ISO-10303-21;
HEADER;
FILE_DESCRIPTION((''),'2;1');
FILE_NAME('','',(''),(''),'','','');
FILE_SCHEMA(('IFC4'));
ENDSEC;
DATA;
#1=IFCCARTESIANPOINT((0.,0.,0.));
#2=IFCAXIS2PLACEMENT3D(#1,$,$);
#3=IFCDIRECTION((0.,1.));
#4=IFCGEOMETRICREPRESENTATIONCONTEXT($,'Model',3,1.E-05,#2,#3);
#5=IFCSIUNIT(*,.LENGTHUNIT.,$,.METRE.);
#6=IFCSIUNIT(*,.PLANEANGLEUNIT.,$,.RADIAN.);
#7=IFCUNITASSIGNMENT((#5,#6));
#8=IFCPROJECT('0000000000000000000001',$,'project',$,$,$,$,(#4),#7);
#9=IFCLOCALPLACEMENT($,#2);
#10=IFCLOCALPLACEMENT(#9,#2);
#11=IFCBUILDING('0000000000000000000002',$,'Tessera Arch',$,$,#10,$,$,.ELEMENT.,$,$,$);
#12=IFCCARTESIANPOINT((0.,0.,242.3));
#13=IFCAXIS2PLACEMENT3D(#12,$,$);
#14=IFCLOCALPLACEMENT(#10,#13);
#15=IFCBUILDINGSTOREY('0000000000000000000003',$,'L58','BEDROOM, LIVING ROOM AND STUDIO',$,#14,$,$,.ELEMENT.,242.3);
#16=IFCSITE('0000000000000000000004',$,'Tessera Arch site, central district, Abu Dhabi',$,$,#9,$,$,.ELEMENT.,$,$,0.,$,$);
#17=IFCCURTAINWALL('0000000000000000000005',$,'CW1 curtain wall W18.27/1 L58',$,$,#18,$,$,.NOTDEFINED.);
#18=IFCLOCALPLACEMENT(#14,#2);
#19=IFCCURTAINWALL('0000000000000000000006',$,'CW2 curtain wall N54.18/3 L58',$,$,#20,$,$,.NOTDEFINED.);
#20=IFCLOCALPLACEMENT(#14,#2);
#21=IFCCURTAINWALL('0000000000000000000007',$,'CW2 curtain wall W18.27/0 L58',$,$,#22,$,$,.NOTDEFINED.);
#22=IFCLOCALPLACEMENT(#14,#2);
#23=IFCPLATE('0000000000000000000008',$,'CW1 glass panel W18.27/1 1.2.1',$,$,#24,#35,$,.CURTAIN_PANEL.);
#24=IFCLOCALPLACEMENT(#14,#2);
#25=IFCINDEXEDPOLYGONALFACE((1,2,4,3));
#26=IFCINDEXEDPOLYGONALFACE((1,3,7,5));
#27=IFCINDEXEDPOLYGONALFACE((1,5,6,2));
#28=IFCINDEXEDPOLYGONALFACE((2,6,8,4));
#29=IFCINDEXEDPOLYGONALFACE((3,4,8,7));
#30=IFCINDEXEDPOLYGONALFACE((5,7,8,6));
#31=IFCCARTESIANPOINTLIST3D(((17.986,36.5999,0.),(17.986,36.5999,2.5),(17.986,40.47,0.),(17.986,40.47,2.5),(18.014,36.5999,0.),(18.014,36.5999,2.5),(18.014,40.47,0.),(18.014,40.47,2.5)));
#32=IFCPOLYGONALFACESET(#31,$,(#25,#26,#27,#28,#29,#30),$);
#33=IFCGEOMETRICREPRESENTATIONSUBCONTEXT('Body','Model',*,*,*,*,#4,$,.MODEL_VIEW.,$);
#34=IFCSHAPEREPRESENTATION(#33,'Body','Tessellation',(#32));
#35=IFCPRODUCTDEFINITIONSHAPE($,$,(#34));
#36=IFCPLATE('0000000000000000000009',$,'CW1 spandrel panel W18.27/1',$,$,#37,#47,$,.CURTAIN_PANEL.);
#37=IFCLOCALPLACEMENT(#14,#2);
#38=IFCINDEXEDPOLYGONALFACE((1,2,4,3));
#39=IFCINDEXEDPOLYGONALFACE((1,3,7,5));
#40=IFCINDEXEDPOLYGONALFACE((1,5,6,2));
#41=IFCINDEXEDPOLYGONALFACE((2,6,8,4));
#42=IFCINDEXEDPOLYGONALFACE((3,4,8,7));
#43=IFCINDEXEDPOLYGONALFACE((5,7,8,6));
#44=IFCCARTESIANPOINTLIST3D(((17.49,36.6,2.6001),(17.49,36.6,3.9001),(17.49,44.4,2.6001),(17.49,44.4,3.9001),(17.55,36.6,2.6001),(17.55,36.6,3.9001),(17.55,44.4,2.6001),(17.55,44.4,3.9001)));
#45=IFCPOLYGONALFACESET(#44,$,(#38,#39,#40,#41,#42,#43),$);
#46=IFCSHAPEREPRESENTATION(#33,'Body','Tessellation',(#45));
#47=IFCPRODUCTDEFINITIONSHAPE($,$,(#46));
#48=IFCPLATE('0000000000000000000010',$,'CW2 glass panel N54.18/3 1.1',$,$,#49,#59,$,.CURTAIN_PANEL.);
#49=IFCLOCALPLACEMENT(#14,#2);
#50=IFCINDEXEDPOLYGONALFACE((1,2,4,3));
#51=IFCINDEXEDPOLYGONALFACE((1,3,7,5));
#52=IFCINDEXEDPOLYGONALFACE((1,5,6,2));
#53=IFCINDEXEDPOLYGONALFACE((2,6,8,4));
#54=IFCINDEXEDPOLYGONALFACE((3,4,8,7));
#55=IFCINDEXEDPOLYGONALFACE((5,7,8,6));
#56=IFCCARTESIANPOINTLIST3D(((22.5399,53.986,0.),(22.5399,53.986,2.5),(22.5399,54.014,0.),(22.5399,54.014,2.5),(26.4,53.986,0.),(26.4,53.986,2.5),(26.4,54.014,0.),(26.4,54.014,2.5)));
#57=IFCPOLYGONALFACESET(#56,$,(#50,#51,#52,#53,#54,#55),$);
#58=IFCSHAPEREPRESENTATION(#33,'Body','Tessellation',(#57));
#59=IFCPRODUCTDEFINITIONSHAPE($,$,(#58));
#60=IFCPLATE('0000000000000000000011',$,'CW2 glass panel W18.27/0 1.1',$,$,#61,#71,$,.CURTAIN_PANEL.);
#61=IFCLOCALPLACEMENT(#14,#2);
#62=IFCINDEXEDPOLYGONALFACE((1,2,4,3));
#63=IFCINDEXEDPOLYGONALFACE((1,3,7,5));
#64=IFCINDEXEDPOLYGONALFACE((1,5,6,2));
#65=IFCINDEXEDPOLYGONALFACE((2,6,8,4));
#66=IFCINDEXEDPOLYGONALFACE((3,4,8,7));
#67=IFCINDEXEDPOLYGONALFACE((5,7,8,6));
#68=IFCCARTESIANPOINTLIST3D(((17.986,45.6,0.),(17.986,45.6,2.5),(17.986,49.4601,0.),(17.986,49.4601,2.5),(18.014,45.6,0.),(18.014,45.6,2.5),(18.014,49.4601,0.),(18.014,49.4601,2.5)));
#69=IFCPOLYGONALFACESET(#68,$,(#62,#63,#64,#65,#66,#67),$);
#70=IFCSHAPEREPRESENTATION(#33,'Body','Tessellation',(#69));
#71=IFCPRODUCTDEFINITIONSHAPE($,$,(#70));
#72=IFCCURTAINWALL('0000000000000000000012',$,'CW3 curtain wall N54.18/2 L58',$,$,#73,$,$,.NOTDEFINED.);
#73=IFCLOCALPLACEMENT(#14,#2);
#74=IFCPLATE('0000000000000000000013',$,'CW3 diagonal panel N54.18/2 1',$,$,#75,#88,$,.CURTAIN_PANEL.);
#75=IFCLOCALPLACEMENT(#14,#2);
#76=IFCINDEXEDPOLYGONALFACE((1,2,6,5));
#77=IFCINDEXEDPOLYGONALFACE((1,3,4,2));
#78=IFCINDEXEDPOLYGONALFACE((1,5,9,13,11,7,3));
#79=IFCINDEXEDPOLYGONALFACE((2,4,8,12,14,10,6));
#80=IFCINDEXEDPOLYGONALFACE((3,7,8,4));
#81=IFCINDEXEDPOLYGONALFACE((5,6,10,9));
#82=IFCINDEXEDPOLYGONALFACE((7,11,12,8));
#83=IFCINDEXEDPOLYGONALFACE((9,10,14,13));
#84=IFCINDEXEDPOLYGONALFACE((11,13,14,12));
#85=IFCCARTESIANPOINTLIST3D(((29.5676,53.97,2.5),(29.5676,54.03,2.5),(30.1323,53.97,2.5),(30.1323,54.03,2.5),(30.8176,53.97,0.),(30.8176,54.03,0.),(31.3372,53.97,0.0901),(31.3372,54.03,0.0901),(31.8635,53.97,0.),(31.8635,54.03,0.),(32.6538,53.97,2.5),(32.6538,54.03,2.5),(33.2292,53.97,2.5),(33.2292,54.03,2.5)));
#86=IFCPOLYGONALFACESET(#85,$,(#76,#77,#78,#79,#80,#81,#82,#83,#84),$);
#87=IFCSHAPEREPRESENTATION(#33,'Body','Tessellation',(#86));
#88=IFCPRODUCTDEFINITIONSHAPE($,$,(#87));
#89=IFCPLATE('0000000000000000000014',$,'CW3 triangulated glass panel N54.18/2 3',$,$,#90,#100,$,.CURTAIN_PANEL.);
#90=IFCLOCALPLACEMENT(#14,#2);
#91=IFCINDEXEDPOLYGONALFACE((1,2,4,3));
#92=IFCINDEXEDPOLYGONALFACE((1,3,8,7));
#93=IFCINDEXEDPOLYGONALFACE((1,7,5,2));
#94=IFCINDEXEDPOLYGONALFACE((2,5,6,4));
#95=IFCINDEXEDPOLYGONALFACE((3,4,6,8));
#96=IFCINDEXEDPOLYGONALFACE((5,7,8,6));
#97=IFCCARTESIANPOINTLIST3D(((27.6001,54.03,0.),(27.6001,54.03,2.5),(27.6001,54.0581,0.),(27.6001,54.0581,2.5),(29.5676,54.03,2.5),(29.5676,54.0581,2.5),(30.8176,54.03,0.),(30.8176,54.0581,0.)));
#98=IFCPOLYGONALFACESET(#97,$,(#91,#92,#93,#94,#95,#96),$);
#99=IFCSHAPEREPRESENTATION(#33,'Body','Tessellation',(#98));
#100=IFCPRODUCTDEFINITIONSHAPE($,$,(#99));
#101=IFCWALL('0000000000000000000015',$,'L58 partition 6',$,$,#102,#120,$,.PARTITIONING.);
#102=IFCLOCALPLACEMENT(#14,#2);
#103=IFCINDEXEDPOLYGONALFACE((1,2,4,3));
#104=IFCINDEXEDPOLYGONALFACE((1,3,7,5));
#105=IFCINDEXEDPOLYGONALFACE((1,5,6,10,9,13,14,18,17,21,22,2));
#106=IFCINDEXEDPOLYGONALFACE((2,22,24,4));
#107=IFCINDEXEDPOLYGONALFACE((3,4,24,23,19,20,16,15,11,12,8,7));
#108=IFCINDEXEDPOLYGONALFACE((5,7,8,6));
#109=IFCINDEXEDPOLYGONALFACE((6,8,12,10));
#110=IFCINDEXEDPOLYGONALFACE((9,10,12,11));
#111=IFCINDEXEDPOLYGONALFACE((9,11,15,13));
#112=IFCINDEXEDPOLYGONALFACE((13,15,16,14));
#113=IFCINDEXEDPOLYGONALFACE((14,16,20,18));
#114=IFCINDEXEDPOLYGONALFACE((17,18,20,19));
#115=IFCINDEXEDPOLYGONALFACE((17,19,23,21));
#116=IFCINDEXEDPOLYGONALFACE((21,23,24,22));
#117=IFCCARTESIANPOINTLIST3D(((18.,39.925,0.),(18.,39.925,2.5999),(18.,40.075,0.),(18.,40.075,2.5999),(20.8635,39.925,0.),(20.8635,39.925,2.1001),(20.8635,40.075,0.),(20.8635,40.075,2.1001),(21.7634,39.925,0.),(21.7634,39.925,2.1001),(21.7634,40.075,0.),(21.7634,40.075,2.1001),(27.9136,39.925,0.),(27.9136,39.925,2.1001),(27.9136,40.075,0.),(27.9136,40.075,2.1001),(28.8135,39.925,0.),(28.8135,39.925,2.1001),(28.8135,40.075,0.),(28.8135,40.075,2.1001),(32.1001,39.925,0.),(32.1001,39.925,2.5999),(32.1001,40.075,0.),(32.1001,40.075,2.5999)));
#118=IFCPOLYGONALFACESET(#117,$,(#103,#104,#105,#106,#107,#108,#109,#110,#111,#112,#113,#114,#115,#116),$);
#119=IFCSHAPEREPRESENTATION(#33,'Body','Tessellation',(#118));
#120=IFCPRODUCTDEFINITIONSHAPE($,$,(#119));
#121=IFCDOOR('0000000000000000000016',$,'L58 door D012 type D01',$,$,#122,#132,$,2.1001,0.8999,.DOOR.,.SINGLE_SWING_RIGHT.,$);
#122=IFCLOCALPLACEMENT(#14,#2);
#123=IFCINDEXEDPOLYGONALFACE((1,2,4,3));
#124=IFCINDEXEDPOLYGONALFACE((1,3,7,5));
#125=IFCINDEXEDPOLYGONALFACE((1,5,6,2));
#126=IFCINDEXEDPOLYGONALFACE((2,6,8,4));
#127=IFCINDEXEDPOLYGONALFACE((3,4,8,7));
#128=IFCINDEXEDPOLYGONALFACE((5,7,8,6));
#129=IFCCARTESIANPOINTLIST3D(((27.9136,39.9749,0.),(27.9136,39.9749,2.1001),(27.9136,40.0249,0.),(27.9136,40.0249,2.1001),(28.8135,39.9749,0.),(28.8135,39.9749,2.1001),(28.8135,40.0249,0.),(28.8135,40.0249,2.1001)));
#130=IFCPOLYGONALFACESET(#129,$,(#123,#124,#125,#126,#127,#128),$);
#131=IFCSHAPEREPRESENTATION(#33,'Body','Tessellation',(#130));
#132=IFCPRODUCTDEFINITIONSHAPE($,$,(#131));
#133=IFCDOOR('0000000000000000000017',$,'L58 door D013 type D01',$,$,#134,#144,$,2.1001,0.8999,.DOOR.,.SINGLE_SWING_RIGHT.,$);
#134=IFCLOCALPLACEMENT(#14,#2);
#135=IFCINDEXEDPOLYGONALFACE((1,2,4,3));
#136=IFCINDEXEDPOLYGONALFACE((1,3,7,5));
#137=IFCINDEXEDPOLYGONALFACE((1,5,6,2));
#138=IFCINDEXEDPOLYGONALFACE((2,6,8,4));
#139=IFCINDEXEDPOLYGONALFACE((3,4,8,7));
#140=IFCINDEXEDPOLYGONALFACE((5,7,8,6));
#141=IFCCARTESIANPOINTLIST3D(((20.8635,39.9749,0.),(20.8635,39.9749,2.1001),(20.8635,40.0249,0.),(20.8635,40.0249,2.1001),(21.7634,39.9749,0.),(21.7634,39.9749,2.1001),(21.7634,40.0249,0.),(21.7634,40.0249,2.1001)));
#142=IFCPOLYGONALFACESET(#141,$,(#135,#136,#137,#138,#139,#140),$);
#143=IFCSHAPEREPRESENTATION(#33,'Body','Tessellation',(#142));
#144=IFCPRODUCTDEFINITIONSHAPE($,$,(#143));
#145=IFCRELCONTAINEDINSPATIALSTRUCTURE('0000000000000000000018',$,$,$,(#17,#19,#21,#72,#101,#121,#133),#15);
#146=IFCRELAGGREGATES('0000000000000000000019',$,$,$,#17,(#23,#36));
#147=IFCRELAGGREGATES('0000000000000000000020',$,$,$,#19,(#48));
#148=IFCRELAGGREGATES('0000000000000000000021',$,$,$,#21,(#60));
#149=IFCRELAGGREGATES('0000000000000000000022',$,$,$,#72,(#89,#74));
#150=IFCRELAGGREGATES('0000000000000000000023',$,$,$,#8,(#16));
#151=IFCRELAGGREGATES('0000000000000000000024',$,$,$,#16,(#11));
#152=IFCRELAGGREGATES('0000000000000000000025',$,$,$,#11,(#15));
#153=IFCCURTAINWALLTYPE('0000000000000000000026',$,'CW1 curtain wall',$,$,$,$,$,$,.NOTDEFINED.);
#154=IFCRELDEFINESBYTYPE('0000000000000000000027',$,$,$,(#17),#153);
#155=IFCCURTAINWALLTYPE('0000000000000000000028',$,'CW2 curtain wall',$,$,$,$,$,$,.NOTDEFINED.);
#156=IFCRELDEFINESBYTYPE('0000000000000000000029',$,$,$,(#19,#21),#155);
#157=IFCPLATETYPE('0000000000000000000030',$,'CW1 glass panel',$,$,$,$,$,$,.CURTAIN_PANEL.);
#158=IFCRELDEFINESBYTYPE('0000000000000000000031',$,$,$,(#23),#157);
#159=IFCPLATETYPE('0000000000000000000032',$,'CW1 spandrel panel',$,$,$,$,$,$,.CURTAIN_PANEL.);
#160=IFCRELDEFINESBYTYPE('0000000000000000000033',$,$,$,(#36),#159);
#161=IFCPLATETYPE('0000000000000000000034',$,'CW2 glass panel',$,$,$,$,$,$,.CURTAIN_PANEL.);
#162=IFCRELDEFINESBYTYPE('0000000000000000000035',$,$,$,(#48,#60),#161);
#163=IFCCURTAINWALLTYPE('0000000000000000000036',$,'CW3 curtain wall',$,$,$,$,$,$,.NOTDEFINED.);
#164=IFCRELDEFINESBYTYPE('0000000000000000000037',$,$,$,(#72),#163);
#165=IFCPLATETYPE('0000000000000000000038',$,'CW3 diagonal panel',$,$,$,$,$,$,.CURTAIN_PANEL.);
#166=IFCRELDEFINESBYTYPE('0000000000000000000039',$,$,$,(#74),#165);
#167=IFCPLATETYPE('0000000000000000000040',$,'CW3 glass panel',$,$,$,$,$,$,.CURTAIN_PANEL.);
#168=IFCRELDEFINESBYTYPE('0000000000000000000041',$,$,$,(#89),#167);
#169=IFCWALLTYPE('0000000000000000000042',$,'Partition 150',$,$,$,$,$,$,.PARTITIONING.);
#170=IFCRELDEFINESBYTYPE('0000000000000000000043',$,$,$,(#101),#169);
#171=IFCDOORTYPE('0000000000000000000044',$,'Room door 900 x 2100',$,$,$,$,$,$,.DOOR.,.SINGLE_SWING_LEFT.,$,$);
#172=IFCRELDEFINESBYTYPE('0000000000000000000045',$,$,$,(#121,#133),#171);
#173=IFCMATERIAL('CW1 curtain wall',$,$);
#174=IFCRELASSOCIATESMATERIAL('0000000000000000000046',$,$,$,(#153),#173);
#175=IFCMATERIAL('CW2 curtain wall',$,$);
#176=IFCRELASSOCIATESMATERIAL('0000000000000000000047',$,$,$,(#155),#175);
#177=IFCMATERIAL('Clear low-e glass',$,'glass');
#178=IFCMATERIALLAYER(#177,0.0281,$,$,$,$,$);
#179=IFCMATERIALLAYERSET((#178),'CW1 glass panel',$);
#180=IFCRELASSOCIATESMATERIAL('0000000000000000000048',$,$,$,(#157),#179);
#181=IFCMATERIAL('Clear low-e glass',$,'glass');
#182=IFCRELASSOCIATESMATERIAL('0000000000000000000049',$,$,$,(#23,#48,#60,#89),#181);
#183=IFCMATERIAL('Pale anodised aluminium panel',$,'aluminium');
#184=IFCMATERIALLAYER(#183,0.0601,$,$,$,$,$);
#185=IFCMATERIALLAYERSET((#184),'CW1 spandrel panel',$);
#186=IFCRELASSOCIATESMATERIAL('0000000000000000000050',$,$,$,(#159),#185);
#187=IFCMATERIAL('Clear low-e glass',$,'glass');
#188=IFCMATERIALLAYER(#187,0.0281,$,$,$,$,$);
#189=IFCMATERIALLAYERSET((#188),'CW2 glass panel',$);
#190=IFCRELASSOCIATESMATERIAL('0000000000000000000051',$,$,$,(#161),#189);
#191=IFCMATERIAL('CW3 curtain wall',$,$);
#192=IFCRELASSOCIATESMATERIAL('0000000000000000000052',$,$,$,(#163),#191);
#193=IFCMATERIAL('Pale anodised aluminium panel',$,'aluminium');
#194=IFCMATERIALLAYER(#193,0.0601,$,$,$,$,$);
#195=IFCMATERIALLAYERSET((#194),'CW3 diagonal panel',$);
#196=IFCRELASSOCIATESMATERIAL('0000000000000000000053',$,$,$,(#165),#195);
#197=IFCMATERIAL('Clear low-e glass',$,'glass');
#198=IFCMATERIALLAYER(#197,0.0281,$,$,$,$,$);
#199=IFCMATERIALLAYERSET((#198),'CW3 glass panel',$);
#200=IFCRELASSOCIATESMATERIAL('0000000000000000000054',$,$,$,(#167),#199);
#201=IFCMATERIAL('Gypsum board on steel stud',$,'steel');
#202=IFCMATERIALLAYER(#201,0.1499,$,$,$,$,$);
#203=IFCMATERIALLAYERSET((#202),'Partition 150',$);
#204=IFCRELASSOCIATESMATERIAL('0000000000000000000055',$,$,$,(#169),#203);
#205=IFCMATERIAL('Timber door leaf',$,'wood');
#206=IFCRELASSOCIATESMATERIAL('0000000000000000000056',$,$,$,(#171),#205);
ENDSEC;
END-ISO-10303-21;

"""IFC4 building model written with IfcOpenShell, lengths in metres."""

from ifc_helpers import new_model, si_unit, direction, frame, frame_2d, origin, origin_2d, place, context, subcontext, project, spatial, polyline, rectangle, outline, extrude, material, layer, layer_set, type_object, element, fill, aggregate, save


model = new_model("IFC4")

# Units and contexts
model_context = context("Model", 3, precision=1e-05, world=origin(), true_north=direction((0.0, 1.0)))
body_context = subcontext(model_context, "Body", "Model", "MODEL_VIEW")
ifc_project = project(units=[si_unit("LENGTHUNIT", "METRE"), si_unit("PLANEANGLEUNIT", "RADIAN")], contexts=[model_context])

# Site, building, storey
site_placement = place(None, origin())
site = spatial("IfcSite", under=ifc_project, at=site_placement, Name="Tessera Arch site, central district, Abu Dhabi", CompositionType="ELEMENT", RefElevation=0.0)
building_placement = place(site_placement, origin())
building = spatial("IfcBuilding", under=site, at=building_placement, Name="Tessera Arch", CompositionType="ELEMENT")
storey_placement = place(building_placement, frame((0.0, 0.0, 242.3)))
storey = spatial("IfcBuildingStorey", under=building, at=storey_placement, Name="L58", Description="BEDROOM, LIVING ROOM AND STUDIO", CompositionType="ELEMENT", Elevation=242.3)

# Curtain wall
ifc_material_1 = material(Name="CW1 curtain wall")
curtain_wall_type_1 = type_object("IfcCurtainWallType", Name="CW1 curtain wall", PredefinedType="NOTDEFINED", material=ifc_material_1)
curtain_wall_1_placement = place(storey_placement, origin())
curtain_wall_1 = element("IfcCurtainWall", 1, at=curtain_wall_1_placement, inside=storey, type_object=curtain_wall_type_1, Name="CW1 curtain wall W18.27/1 L58", PredefinedType="NOTDEFINED")

# Curtain walls
ifc_material_2 = material(Name="CW2 curtain wall")
curtain_wall_type_2 = type_object("IfcCurtainWallType", Name="CW2 curtain wall", PredefinedType="NOTDEFINED", material=ifc_material_2)
curtain_wall_2_placement = place(storey_placement, origin())
curtain_wall_2 = element("IfcCurtainWall", 2, at=curtain_wall_2_placement, inside=storey, type_object=curtain_wall_type_2, Name="CW2 curtain wall N54.18/3 L58", PredefinedType="NOTDEFINED")
curtain_wall_3_placement = place(storey_placement, origin())
curtain_wall_3 = element("IfcCurtainWall", 3, at=curtain_wall_3_placement, inside=storey, type_object=curtain_wall_type_2, Name="CW2 curtain wall W18.27/0 L58", PredefinedType="NOTDEFINED")

# Plates
ifc_material_3 = material(Name="Clear low-e glass", Category="glass")
ifc_material_4 = material(Name="Clear low-e glass", Category="glass")
ifc_layer_1 = layer(ifc_material_4, 0.0281)
ifc_layer_set_1 = layer_set([ifc_layer_1], Name="CW1 glass panel")
plate_type_1 = type_object("IfcPlateType", Name="CW1 glass panel", PredefinedType="CURTAIN_PANEL", material=ifc_layer_set_1)
plate_1_placement = place(storey_placement, frame((18.0, 38.5349, 0.0), z_axis=(0.0, 0.0, 1.0), x_axis=(0.0, -1.0, 0.0)))
plate_1 = element("IfcPlate", 4, at=plate_1_placement, type_object=plate_type_1, material=ifc_material_3, Name="CW1 glass panel W18.27/1 1.2.1", PredefinedType="CURTAIN_PANEL", context=body_context, shape_type="SweptSolid", body=[
    extrude(rectangle(XDim=3.8701, YDim=0.0281, at=origin_2d()), origin(), (0.0, 0.0, 1.0), 2.5),
])
ifc_material_5 = material(Name="Pale anodised aluminium panel", Category="aluminium")
ifc_layer_2 = layer(ifc_material_5, 0.0601)
ifc_layer_set_2 = layer_set([ifc_layer_2], Name="CW1 spandrel panel")
plate_type_2 = type_object("IfcPlateType", Name="CW1 spandrel panel", PredefinedType="CURTAIN_PANEL", material=ifc_layer_set_2)
plate_2_placement = place(storey_placement, frame((17.52, 40.5, 2.6001), z_axis=(0.0, 0.0, 1.0), x_axis=(0.0, -1.0, 0.0)))
plate_2 = element("IfcPlate", 5, at=plate_2_placement, type_object=plate_type_2, Name="CW1 spandrel panel W18.27/1", PredefinedType="CURTAIN_PANEL", context=body_context, shape_type="SweptSolid", body=[
    extrude(rectangle(XDim=7.8, YDim=0.0601, at=origin_2d()), origin(), (0.0, 0.0, 1.0), 1.3),
])
aggregate(curtain_wall_1, [plate_1, plate_2])
ifc_material_6 = material(Name="Clear low-e glass", Category="glass")
ifc_layer_3 = layer(ifc_material_6, 0.0281)
ifc_layer_set_3 = layer_set([ifc_layer_3], Name="CW2 glass panel")
plate_type_3 = type_object("IfcPlateType", Name="CW2 glass panel", PredefinedType="CURTAIN_PANEL", material=ifc_layer_set_3)
plate_3_placement = place(storey_placement, frame((24.47, 54.0, 0.0), z_axis=(0.0, 0.0, 1.0), x_axis=(-1.0, 0.0, 0.0)))
plate_3 = element("IfcPlate", 6, at=plate_3_placement, type_object=plate_type_3, material=ifc_material_3, Name="CW2 glass panel N54.18/3 1.1", PredefinedType="CURTAIN_PANEL", context=body_context, shape_type="SweptSolid", body=[
    extrude(rectangle(XDim=3.8601, YDim=0.0281, at=origin_2d()), origin(), (0.0, 0.0, 1.0), 2.5),
])
aggregate(curtain_wall_2, [plate_3])
plate_4_placement = place(storey_placement, frame((18.0, 47.53, 0.0), z_axis=(0.0, 0.0, 1.0), x_axis=(0.0, -1.0, 0.0)))
plate_4 = element("IfcPlate", 7, at=plate_4_placement, type_object=plate_type_3, material=ifc_material_3, Name="CW2 glass panel W18.27/0 1.1", PredefinedType="CURTAIN_PANEL", context=body_context, shape_type="SweptSolid", body=[
    extrude(rectangle(XDim=3.8601, YDim=0.0281, at=origin_2d()), origin(), (0.0, 0.0, 1.0), 2.5),
])
aggregate(curtain_wall_3, [plate_4])

# Curtain wall, plates
ifc_material_7 = material(Name="CW3 curtain wall")
curtain_wall_type_3 = type_object("IfcCurtainWallType", Name="CW3 curtain wall", PredefinedType="NOTDEFINED", material=ifc_material_7)
curtain_wall_4_placement = place(storey_placement, origin())
curtain_wall_4 = element("IfcCurtainWall", 8, at=curtain_wall_4_placement, inside=storey, type_object=curtain_wall_type_3, Name="CW3 curtain wall N54.18/2 L58", PredefinedType="NOTDEFINED")
ifc_material_8 = material(Name="Pale anodised aluminium panel", Category="aluminium")
ifc_layer_4 = layer(ifc_material_8, 0.0601)
ifc_layer_set_4 = layer_set([ifc_layer_4], Name="CW3 diagonal panel")
plate_type_4 = type_object("IfcPlateType", Name="CW3 diagonal panel", PredefinedType="CURTAIN_PANEL", material=ifc_layer_set_4)
plate_5_placement = place(storey_placement, frame((29.5676, 54.03, 2.5), z_axis=(0.0, 1.0, 0.0), x_axis=(1.0, 0.0, 0.0)))
plate_5 = element("IfcPlate", 9, at=plate_5_placement, type_object=plate_type_4, Name="CW3 diagonal panel N54.18/2 1", PredefinedType="CURTAIN_PANEL", context=body_context, shape_type="SweptSolid", body=[
    extrude(outline(polyline([(0.0, 0.0), (0.5647, 0.0), (1.7695, 2.4099), (3.0862, 0.0), (3.6616, 0.0), (2.2959, 2.5), (1.25, 2.5), (0.0, 0.0)])), origin(), (0.0, 0.0, -1.0), 0.0601),
])
ifc_material_9 = material(Name="Clear low-e glass", Category="glass")
ifc_layer_5 = layer(ifc_material_9, 0.0281)
ifc_layer_set_5 = layer_set([ifc_layer_5], Name="CW3 glass panel")
plate_type_5 = type_object("IfcPlateType", Name="CW3 glass panel", PredefinedType="CURTAIN_PANEL", material=ifc_layer_set_5)
plate_6_placement = place(storey_placement, frame((27.6001, 54.0581, 2.5), z_axis=(0.0, 1.0, 0.0), x_axis=(1.0, 0.0, 0.0)))
plate_6 = element("IfcPlate", 10, at=plate_6_placement, type_object=plate_type_5, material=ifc_material_3, Name="CW3 triangulated glass panel N54.18/2 3", PredefinedType="CURTAIN_PANEL", context=body_context, shape_type="SweptSolid", body=[
    extrude(outline(polyline([(0.0, 0.0), (1.9675, 0.0), (3.2175, 2.5), (0.0, 2.5), (0.0, 0.0)])), origin(), (0.0, 0.0, -1.0), 0.0281),
])
aggregate(curtain_wall_4, [plate_6, plate_5])

# Wall, openings, doors
ifc_material_10 = material(Name="Gypsum board on steel stud", Category="steel")
ifc_layer_6 = layer(ifc_material_10, 0.1499)
ifc_layer_set_6 = layer_set([ifc_layer_6], Name="Partition 150")
wall_type_1 = type_object("IfcWallType", Name="Partition 150", PredefinedType="PARTITIONING", material=ifc_layer_set_6)
wall_1_placement = place(storey_placement, frame((18.0, 40.0, 0.0), z_axis=(0.0, 0.0, 1.0), x_axis=(1.0, 0.0, 0.0)))
wall_1 = element("IfcWall", 11, at=wall_1_placement, inside=storey, type_object=wall_type_1, Name="L58 partition 6", PredefinedType="PARTITIONING", context=body_context, shape_type="SweptSolid", body=[
    extrude(rectangle(XDim=14.1001, YDim=0.1499, at=frame_2d((7.05, 0.0))), origin(), (0.0, 0.0, 1.0), 2.5999),
])
opening_1_placement = place(wall_1_placement, frame((9.9136, 0.0, 0.0)))
opening_1 = element("IfcOpeningElement", 12, at=opening_1_placement, cuts=wall_1, PredefinedType="OPENING", context=body_context, shape_type="SweptSolid", body=[
    extrude(rectangle(XDim=0.8999, YDim=2.1001, at=frame_2d((0.45, 1.05))), frame((0.0, 0.085, 0.0), z_axis=(0.0, -1.0, 0.0), x_axis=(1.0, 0.0, 0.0)), (0.0, 0.0, 1.0), 0.1699),
])
opening_2_placement = place(wall_1_placement, frame((2.8635, 0.0, 0.0)))
opening_2 = element("IfcOpeningElement", 13, at=opening_2_placement, cuts=wall_1, PredefinedType="OPENING", context=body_context, shape_type="SweptSolid", body=[
    extrude(rectangle(XDim=0.8999, YDim=2.1001, at=frame_2d((0.45, 1.05))), frame((0.0, 0.085, 0.0), z_axis=(0.0, -1.0, 0.0), x_axis=(1.0, 0.0, 0.0)), (0.0, 0.0, 1.0), 0.1699),
])
ifc_material_11 = material(Name="Timber door leaf", Category="wood")
door_type = type_object("IfcDoorType", Name="Room door 900 x 2100", OperationType="SINGLE_SWING_LEFT", PredefinedType="DOOR", material=ifc_material_11)
door_1_placement = place(opening_1_placement, origin())
door_1 = element("IfcDoor", 14, at=door_1_placement, inside=storey, type_object=door_type, Name="L58 door D012 type D01", OperationType="SINGLE_SWING_RIGHT", OverallHeight=2.1001, OverallWidth=0.8999, PredefinedType="DOOR", context=body_context, shape_type="SweptSolid", body=[
    extrude(rectangle(XDim=0.8999, YDim=2.1001, at=frame_2d((0.45, 1.05))), frame((0.0, 0.0249, 0.0), z_axis=(0.0, -1.0, 0.0), x_axis=(1.0, 0.0, 0.0)), (0.0, 0.0, 1.0), 0.05),
])
fill(opening_1, door_1)
door_2_placement = place(opening_2_placement, origin())
door_2 = element("IfcDoor", 15, at=door_2_placement, inside=storey, type_object=door_type, Name="L58 door D013 type D01", OperationType="SINGLE_SWING_RIGHT", OverallHeight=2.1001, OverallWidth=0.8999, PredefinedType="DOOR", context=body_context, shape_type="SweptSolid", body=[
    extrude(rectangle(XDim=0.8999, YDim=2.1001, at=frame_2d((0.45, 1.05))), frame((0.0, 0.0249, 0.0), z_axis=(0.0, -1.0, 0.0), x_axis=(1.0, 0.0, 0.0)), (0.0, 0.0, 1.0), 0.05),
])
fill(opening_2, door_2)

save(model, "model.ifc")
